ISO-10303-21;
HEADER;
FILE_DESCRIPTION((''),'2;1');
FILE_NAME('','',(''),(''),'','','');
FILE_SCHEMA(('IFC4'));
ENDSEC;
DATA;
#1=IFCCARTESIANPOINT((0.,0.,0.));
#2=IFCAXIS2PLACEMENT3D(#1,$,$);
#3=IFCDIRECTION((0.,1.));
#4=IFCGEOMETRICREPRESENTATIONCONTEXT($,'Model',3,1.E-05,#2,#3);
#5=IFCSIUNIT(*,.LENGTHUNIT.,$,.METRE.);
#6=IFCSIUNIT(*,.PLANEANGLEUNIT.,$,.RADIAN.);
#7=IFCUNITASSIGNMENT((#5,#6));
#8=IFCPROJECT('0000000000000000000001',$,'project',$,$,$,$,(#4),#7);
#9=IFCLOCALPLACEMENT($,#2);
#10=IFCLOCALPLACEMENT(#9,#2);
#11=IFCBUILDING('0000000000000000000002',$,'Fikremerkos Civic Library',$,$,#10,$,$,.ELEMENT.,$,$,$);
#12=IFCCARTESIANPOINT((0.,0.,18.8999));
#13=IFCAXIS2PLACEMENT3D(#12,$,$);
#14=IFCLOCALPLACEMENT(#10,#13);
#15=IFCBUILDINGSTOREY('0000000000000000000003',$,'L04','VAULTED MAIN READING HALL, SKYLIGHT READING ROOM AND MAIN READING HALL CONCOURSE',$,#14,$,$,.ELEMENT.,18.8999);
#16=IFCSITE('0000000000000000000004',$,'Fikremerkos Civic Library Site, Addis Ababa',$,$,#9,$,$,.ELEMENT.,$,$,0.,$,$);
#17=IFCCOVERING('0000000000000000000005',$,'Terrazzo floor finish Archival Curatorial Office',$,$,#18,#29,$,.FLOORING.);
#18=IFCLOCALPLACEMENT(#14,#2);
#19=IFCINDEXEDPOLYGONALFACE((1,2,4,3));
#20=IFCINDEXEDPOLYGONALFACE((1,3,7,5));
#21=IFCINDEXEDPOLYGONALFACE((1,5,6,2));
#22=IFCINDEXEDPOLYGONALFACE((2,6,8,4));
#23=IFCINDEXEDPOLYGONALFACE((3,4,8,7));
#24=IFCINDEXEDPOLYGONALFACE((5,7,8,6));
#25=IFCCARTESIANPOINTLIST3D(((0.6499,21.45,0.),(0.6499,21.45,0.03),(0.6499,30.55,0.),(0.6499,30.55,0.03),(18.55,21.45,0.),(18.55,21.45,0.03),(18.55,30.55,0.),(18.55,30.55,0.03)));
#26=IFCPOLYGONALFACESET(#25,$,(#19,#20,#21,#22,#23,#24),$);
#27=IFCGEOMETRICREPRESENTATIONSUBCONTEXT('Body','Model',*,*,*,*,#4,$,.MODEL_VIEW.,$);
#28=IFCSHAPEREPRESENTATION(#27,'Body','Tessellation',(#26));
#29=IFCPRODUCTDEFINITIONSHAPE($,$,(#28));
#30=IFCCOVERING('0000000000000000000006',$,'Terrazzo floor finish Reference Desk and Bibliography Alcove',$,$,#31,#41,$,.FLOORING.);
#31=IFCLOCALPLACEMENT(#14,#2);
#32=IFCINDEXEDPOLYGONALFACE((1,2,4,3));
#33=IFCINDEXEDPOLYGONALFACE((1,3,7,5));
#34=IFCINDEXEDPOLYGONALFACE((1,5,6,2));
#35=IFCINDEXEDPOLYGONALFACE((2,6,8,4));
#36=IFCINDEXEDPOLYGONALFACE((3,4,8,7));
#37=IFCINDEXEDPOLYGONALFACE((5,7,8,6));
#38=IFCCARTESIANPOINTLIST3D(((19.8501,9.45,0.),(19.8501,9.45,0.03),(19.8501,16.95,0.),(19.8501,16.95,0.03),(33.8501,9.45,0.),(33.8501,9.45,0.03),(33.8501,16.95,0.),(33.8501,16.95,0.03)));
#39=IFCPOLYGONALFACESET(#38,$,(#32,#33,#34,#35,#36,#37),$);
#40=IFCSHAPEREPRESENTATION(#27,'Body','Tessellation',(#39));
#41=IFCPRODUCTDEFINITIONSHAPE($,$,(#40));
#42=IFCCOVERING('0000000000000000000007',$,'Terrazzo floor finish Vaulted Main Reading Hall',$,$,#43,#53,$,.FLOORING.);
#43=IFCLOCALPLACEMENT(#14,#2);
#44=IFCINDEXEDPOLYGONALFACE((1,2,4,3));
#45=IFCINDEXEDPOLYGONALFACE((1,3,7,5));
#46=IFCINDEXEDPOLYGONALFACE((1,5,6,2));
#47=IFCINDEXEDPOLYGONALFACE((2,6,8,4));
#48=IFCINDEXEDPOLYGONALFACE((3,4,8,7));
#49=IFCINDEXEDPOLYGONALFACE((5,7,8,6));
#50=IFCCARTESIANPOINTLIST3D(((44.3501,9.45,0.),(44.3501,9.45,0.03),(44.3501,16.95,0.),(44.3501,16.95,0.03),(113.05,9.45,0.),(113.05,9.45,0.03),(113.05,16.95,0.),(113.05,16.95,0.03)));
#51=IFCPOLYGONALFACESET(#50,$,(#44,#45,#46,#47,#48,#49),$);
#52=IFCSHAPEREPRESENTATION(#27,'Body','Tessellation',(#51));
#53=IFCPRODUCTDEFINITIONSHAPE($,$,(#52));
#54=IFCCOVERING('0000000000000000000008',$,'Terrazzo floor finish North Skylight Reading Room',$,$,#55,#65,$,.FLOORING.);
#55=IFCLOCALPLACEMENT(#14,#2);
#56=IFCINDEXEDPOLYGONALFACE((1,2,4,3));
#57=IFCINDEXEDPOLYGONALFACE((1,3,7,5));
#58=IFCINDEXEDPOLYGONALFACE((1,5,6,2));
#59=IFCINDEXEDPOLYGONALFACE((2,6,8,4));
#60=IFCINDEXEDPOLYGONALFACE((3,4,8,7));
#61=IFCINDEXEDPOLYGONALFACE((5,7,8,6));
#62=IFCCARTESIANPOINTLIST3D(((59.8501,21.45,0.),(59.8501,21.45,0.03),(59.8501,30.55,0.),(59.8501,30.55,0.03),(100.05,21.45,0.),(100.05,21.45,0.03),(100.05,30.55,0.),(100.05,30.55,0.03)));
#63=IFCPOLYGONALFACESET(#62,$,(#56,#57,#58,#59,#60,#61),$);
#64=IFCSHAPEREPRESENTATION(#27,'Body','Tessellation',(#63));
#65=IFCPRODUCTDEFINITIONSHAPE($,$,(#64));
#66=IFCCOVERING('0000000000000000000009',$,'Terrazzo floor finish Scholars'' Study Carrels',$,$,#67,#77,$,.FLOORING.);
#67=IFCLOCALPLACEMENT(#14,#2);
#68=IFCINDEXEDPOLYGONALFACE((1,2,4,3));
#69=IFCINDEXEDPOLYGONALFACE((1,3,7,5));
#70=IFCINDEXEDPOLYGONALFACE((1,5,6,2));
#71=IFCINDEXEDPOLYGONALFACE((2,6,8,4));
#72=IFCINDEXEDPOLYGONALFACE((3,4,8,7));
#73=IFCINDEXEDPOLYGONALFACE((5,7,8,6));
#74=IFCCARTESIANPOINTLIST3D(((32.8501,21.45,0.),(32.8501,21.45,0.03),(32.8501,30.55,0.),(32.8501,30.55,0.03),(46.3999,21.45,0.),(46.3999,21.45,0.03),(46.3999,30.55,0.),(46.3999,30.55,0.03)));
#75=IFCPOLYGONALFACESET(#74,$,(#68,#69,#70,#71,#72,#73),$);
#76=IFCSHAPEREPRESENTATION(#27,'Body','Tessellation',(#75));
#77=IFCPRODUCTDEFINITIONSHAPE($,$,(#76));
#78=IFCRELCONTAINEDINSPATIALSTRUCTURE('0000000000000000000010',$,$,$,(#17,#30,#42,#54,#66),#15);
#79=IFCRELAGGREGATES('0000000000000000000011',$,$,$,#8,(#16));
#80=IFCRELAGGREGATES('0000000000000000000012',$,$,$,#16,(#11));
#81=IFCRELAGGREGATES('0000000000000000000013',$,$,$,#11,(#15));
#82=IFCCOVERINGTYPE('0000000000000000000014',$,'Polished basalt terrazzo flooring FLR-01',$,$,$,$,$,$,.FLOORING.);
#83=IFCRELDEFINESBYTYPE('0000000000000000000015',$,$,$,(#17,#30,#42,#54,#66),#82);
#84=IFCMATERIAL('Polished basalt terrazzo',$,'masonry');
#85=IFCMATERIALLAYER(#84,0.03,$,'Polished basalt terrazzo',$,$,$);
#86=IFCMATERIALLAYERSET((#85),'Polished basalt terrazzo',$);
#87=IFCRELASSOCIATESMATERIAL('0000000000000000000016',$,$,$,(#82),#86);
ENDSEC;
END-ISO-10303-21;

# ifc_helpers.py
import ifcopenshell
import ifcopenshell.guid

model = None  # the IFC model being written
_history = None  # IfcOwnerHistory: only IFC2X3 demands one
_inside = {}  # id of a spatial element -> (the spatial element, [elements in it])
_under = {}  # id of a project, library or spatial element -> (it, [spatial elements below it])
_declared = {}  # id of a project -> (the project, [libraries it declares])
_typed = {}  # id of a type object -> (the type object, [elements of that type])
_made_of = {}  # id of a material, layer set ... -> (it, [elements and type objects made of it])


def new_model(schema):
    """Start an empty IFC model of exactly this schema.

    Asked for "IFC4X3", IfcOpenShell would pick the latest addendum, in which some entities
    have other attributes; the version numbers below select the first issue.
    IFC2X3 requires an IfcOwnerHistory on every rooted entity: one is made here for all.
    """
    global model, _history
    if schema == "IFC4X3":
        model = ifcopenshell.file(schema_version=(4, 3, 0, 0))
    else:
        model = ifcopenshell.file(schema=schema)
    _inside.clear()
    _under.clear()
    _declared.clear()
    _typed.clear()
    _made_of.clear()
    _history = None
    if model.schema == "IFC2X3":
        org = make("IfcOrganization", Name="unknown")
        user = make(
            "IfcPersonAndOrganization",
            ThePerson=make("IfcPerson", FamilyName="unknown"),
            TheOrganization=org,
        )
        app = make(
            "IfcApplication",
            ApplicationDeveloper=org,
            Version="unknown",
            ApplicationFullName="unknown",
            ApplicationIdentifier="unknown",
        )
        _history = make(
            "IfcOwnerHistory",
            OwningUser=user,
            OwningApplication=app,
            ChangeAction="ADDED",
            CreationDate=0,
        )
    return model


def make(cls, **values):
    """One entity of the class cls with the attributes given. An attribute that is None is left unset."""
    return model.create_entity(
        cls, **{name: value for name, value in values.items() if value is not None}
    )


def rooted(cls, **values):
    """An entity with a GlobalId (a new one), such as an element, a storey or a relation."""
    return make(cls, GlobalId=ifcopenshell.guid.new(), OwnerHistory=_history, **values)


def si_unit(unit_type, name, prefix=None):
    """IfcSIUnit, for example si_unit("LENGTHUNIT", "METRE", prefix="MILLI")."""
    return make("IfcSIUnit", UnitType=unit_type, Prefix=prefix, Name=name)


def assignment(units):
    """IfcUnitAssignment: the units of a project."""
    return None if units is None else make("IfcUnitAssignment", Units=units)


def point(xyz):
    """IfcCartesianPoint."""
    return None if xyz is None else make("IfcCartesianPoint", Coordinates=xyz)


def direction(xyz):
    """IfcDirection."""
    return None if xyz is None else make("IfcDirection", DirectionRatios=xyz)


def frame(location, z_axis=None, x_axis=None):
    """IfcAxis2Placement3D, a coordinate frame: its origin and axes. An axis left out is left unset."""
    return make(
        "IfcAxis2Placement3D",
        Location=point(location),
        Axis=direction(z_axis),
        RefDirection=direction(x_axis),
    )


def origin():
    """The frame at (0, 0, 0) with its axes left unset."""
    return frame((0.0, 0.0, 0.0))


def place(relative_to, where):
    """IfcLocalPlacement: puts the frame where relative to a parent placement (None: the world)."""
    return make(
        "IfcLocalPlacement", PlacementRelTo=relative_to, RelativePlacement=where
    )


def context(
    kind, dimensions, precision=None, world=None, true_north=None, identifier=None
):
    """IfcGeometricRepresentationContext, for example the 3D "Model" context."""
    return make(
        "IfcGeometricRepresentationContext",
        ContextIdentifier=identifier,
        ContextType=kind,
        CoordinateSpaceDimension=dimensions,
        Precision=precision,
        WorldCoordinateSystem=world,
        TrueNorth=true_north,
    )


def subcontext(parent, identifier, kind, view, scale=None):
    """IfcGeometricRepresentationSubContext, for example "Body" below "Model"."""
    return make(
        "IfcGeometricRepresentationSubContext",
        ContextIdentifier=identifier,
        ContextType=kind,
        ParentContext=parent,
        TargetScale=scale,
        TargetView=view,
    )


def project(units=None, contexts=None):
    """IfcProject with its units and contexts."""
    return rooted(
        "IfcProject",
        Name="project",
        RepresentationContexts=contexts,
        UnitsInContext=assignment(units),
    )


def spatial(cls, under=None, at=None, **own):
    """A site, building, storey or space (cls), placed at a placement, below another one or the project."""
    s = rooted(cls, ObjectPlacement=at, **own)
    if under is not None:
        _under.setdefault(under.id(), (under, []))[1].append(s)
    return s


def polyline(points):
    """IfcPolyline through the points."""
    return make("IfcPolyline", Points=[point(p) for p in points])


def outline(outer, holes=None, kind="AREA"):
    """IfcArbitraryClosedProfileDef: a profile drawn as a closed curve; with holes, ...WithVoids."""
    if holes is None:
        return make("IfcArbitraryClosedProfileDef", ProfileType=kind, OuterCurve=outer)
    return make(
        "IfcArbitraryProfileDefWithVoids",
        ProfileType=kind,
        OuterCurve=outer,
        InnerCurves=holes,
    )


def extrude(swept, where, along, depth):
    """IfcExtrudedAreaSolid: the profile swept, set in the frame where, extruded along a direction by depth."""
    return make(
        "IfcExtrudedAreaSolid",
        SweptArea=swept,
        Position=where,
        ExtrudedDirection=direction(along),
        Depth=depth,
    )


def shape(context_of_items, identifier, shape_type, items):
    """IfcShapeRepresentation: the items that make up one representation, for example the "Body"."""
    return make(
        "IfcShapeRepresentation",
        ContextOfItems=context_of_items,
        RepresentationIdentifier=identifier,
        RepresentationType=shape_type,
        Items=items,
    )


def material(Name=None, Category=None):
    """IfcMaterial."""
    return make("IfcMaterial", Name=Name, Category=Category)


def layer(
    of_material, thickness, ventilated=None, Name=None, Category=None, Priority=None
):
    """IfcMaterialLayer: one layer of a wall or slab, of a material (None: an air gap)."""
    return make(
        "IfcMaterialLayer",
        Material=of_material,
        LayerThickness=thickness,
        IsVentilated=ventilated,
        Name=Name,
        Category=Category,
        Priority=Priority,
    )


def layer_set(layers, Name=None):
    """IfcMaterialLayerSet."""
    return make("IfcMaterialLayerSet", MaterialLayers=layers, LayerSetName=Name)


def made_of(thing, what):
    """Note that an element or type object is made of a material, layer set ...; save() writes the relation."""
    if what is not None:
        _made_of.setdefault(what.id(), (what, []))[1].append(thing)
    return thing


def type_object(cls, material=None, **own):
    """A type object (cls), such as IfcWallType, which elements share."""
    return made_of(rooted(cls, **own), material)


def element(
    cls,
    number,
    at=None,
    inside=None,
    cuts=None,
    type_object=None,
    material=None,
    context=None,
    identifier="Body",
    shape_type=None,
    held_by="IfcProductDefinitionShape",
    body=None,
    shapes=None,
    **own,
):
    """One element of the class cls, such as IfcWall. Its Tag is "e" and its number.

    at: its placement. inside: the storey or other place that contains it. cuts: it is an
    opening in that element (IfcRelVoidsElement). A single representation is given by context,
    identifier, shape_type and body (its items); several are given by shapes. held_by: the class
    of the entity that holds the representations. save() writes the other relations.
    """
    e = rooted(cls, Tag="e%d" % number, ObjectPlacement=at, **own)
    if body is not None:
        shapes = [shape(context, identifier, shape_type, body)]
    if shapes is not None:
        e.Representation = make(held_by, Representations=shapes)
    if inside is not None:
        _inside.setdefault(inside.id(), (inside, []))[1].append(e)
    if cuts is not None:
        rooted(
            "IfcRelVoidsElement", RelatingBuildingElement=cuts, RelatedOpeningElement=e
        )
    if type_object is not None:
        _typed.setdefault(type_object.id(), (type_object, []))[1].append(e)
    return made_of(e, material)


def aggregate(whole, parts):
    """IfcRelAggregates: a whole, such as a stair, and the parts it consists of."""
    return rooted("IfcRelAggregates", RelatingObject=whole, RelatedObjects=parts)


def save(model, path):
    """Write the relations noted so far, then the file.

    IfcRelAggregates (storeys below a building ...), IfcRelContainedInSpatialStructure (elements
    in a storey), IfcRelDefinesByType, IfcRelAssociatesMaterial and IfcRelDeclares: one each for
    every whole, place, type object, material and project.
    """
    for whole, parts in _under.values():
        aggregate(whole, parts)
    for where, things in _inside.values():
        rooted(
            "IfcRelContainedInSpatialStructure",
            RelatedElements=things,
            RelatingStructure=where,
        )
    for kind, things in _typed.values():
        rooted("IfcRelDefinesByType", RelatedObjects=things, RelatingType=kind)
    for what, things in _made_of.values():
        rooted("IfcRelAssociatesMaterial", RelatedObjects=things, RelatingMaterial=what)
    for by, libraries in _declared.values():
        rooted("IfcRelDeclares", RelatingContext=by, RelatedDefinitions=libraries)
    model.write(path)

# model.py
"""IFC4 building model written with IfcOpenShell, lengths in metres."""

from ifc_helpers import new_model, si_unit, direction, frame, origin, place, context, subcontext, project, spatial, polyline, outline, extrude, material, layer, layer_set, type_object, element, save


model = new_model("IFC4")

# Units and contexts
model_context = context("Model", 3, precision=1e-05, world=origin(), true_north=direction((0.0, 1.0)))
body_context = subcontext(model_context, "Body", "Model", "MODEL_VIEW")
ifc_project = project(units=[si_unit("LENGTHUNIT", "METRE"), si_unit("PLANEANGLEUNIT", "RADIAN")], contexts=[model_context])

# Site, building, storey
site_placement = place(None, origin())
site = spatial("IfcSite", under=ifc_project, at=site_placement, Name="Fikremerkos Civic Library Site, Addis Ababa", CompositionType="ELEMENT", RefElevation=0.0)
building_placement = place(site_placement, origin())
building = spatial("IfcBuilding", under=site, at=building_placement, Name="Fikremerkos Civic Library", CompositionType="ELEMENT")
storey_placement = place(building_placement, frame((0.0, 0.0, 18.8999)))
storey = spatial("IfcBuildingStorey", under=building, at=storey_placement, Name="L04", Description="VAULTED MAIN READING HALL, SKYLIGHT READING ROOM AND MAIN READING HALL CONCOURSE", CompositionType="ELEMENT", Elevation=18.8999)

# Coverings
ifc_material_1 = material(Name="Polished basalt terrazzo", Category="masonry")
ifc_layer_1 = layer(ifc_material_1, 0.03, Name="Polished basalt terrazzo")
ifc_layer_set_1 = layer_set([ifc_layer_1], Name="Polished basalt terrazzo")
covering_type_1 = type_object("IfcCoveringType", Name="Polished basalt terrazzo flooring FLR-01", PredefinedType="FLOORING", material=ifc_layer_set_1)
covering_1_placement = place(storey_placement, origin())
element("IfcCovering", 1, at=covering_1_placement, inside=storey, type_object=covering_type_1, Name="Terrazzo floor finish Archival Curatorial Office", PredefinedType="FLOORING", context=body_context, shape_type="SweptSolid", body=[
    extrude(outline(polyline([(0.6499, 21.45), (0.6499, 30.55), (18.55, 30.55), (18.55, 21.45), (0.6499, 21.45)])), origin(), (0.0, 0.0, 1.0), 0.03),
])
covering_2_placement = place(storey_placement, origin())
element("IfcCovering", 2, at=covering_2_placement, inside=storey, type_object=covering_type_1, Name="Terrazzo floor finish Reference Desk and Bibliography Alcove", PredefinedType="FLOORING", context=body_context, shape_type="SweptSolid", body=[
    extrude(outline(polyline([(19.8501, 9.45), (19.8501, 16.95), (33.8501, 16.95), (33.8501, 9.45), (19.8501, 9.45)])), origin(), (0.0, 0.0, 1.0), 0.03),
])
covering_3_placement = place(storey_placement, origin())
element("IfcCovering", 3, at=covering_3_placement, inside=storey, type_object=covering_type_1, Name="Terrazzo floor finish Vaulted Main Reading Hall", PredefinedType="FLOORING", context=body_context, shape_type="SweptSolid", body=[
    extrude(outline(polyline([(44.3501, 9.45), (44.3501, 16.95), (113.05, 16.95), (113.05, 9.45), (44.3501, 9.45)])), origin(), (0.0, 0.0, 1.0), 0.03),
])
covering_4_placement = place(storey_placement, origin())
element("IfcCovering", 4, at=covering_4_placement, inside=storey, type_object=covering_type_1, Name="Terrazzo floor finish North Skylight Reading Room", PredefinedType="FLOORING", context=body_context, shape_type="SweptSolid", body=[
    extrude(outline(polyline([(59.8501, 21.45), (59.8501, 30.55), (100.05, 30.55), (100.05, 21.45), (59.8501, 21.45)])), origin(), (0.0, 0.0, 1.0), 0.03),
])
covering_5_placement = place(storey_placement, origin())
element("IfcCovering", 5, at=covering_5_placement, inside=storey, type_object=covering_type_1, Name="Terrazzo floor finish Scholars' Study Carrels", PredefinedType="FLOORING", context=body_context, shape_type="SweptSolid", body=[
    extrude(outline(polyline([(32.8501, 21.45), (32.8501, 30.55), (46.3999, 30.55), (46.3999, 21.45), (32.8501, 21.45)])), origin(), (0.0, 0.0, 1.0), 0.03),
])

save(model, "model.ifc")
